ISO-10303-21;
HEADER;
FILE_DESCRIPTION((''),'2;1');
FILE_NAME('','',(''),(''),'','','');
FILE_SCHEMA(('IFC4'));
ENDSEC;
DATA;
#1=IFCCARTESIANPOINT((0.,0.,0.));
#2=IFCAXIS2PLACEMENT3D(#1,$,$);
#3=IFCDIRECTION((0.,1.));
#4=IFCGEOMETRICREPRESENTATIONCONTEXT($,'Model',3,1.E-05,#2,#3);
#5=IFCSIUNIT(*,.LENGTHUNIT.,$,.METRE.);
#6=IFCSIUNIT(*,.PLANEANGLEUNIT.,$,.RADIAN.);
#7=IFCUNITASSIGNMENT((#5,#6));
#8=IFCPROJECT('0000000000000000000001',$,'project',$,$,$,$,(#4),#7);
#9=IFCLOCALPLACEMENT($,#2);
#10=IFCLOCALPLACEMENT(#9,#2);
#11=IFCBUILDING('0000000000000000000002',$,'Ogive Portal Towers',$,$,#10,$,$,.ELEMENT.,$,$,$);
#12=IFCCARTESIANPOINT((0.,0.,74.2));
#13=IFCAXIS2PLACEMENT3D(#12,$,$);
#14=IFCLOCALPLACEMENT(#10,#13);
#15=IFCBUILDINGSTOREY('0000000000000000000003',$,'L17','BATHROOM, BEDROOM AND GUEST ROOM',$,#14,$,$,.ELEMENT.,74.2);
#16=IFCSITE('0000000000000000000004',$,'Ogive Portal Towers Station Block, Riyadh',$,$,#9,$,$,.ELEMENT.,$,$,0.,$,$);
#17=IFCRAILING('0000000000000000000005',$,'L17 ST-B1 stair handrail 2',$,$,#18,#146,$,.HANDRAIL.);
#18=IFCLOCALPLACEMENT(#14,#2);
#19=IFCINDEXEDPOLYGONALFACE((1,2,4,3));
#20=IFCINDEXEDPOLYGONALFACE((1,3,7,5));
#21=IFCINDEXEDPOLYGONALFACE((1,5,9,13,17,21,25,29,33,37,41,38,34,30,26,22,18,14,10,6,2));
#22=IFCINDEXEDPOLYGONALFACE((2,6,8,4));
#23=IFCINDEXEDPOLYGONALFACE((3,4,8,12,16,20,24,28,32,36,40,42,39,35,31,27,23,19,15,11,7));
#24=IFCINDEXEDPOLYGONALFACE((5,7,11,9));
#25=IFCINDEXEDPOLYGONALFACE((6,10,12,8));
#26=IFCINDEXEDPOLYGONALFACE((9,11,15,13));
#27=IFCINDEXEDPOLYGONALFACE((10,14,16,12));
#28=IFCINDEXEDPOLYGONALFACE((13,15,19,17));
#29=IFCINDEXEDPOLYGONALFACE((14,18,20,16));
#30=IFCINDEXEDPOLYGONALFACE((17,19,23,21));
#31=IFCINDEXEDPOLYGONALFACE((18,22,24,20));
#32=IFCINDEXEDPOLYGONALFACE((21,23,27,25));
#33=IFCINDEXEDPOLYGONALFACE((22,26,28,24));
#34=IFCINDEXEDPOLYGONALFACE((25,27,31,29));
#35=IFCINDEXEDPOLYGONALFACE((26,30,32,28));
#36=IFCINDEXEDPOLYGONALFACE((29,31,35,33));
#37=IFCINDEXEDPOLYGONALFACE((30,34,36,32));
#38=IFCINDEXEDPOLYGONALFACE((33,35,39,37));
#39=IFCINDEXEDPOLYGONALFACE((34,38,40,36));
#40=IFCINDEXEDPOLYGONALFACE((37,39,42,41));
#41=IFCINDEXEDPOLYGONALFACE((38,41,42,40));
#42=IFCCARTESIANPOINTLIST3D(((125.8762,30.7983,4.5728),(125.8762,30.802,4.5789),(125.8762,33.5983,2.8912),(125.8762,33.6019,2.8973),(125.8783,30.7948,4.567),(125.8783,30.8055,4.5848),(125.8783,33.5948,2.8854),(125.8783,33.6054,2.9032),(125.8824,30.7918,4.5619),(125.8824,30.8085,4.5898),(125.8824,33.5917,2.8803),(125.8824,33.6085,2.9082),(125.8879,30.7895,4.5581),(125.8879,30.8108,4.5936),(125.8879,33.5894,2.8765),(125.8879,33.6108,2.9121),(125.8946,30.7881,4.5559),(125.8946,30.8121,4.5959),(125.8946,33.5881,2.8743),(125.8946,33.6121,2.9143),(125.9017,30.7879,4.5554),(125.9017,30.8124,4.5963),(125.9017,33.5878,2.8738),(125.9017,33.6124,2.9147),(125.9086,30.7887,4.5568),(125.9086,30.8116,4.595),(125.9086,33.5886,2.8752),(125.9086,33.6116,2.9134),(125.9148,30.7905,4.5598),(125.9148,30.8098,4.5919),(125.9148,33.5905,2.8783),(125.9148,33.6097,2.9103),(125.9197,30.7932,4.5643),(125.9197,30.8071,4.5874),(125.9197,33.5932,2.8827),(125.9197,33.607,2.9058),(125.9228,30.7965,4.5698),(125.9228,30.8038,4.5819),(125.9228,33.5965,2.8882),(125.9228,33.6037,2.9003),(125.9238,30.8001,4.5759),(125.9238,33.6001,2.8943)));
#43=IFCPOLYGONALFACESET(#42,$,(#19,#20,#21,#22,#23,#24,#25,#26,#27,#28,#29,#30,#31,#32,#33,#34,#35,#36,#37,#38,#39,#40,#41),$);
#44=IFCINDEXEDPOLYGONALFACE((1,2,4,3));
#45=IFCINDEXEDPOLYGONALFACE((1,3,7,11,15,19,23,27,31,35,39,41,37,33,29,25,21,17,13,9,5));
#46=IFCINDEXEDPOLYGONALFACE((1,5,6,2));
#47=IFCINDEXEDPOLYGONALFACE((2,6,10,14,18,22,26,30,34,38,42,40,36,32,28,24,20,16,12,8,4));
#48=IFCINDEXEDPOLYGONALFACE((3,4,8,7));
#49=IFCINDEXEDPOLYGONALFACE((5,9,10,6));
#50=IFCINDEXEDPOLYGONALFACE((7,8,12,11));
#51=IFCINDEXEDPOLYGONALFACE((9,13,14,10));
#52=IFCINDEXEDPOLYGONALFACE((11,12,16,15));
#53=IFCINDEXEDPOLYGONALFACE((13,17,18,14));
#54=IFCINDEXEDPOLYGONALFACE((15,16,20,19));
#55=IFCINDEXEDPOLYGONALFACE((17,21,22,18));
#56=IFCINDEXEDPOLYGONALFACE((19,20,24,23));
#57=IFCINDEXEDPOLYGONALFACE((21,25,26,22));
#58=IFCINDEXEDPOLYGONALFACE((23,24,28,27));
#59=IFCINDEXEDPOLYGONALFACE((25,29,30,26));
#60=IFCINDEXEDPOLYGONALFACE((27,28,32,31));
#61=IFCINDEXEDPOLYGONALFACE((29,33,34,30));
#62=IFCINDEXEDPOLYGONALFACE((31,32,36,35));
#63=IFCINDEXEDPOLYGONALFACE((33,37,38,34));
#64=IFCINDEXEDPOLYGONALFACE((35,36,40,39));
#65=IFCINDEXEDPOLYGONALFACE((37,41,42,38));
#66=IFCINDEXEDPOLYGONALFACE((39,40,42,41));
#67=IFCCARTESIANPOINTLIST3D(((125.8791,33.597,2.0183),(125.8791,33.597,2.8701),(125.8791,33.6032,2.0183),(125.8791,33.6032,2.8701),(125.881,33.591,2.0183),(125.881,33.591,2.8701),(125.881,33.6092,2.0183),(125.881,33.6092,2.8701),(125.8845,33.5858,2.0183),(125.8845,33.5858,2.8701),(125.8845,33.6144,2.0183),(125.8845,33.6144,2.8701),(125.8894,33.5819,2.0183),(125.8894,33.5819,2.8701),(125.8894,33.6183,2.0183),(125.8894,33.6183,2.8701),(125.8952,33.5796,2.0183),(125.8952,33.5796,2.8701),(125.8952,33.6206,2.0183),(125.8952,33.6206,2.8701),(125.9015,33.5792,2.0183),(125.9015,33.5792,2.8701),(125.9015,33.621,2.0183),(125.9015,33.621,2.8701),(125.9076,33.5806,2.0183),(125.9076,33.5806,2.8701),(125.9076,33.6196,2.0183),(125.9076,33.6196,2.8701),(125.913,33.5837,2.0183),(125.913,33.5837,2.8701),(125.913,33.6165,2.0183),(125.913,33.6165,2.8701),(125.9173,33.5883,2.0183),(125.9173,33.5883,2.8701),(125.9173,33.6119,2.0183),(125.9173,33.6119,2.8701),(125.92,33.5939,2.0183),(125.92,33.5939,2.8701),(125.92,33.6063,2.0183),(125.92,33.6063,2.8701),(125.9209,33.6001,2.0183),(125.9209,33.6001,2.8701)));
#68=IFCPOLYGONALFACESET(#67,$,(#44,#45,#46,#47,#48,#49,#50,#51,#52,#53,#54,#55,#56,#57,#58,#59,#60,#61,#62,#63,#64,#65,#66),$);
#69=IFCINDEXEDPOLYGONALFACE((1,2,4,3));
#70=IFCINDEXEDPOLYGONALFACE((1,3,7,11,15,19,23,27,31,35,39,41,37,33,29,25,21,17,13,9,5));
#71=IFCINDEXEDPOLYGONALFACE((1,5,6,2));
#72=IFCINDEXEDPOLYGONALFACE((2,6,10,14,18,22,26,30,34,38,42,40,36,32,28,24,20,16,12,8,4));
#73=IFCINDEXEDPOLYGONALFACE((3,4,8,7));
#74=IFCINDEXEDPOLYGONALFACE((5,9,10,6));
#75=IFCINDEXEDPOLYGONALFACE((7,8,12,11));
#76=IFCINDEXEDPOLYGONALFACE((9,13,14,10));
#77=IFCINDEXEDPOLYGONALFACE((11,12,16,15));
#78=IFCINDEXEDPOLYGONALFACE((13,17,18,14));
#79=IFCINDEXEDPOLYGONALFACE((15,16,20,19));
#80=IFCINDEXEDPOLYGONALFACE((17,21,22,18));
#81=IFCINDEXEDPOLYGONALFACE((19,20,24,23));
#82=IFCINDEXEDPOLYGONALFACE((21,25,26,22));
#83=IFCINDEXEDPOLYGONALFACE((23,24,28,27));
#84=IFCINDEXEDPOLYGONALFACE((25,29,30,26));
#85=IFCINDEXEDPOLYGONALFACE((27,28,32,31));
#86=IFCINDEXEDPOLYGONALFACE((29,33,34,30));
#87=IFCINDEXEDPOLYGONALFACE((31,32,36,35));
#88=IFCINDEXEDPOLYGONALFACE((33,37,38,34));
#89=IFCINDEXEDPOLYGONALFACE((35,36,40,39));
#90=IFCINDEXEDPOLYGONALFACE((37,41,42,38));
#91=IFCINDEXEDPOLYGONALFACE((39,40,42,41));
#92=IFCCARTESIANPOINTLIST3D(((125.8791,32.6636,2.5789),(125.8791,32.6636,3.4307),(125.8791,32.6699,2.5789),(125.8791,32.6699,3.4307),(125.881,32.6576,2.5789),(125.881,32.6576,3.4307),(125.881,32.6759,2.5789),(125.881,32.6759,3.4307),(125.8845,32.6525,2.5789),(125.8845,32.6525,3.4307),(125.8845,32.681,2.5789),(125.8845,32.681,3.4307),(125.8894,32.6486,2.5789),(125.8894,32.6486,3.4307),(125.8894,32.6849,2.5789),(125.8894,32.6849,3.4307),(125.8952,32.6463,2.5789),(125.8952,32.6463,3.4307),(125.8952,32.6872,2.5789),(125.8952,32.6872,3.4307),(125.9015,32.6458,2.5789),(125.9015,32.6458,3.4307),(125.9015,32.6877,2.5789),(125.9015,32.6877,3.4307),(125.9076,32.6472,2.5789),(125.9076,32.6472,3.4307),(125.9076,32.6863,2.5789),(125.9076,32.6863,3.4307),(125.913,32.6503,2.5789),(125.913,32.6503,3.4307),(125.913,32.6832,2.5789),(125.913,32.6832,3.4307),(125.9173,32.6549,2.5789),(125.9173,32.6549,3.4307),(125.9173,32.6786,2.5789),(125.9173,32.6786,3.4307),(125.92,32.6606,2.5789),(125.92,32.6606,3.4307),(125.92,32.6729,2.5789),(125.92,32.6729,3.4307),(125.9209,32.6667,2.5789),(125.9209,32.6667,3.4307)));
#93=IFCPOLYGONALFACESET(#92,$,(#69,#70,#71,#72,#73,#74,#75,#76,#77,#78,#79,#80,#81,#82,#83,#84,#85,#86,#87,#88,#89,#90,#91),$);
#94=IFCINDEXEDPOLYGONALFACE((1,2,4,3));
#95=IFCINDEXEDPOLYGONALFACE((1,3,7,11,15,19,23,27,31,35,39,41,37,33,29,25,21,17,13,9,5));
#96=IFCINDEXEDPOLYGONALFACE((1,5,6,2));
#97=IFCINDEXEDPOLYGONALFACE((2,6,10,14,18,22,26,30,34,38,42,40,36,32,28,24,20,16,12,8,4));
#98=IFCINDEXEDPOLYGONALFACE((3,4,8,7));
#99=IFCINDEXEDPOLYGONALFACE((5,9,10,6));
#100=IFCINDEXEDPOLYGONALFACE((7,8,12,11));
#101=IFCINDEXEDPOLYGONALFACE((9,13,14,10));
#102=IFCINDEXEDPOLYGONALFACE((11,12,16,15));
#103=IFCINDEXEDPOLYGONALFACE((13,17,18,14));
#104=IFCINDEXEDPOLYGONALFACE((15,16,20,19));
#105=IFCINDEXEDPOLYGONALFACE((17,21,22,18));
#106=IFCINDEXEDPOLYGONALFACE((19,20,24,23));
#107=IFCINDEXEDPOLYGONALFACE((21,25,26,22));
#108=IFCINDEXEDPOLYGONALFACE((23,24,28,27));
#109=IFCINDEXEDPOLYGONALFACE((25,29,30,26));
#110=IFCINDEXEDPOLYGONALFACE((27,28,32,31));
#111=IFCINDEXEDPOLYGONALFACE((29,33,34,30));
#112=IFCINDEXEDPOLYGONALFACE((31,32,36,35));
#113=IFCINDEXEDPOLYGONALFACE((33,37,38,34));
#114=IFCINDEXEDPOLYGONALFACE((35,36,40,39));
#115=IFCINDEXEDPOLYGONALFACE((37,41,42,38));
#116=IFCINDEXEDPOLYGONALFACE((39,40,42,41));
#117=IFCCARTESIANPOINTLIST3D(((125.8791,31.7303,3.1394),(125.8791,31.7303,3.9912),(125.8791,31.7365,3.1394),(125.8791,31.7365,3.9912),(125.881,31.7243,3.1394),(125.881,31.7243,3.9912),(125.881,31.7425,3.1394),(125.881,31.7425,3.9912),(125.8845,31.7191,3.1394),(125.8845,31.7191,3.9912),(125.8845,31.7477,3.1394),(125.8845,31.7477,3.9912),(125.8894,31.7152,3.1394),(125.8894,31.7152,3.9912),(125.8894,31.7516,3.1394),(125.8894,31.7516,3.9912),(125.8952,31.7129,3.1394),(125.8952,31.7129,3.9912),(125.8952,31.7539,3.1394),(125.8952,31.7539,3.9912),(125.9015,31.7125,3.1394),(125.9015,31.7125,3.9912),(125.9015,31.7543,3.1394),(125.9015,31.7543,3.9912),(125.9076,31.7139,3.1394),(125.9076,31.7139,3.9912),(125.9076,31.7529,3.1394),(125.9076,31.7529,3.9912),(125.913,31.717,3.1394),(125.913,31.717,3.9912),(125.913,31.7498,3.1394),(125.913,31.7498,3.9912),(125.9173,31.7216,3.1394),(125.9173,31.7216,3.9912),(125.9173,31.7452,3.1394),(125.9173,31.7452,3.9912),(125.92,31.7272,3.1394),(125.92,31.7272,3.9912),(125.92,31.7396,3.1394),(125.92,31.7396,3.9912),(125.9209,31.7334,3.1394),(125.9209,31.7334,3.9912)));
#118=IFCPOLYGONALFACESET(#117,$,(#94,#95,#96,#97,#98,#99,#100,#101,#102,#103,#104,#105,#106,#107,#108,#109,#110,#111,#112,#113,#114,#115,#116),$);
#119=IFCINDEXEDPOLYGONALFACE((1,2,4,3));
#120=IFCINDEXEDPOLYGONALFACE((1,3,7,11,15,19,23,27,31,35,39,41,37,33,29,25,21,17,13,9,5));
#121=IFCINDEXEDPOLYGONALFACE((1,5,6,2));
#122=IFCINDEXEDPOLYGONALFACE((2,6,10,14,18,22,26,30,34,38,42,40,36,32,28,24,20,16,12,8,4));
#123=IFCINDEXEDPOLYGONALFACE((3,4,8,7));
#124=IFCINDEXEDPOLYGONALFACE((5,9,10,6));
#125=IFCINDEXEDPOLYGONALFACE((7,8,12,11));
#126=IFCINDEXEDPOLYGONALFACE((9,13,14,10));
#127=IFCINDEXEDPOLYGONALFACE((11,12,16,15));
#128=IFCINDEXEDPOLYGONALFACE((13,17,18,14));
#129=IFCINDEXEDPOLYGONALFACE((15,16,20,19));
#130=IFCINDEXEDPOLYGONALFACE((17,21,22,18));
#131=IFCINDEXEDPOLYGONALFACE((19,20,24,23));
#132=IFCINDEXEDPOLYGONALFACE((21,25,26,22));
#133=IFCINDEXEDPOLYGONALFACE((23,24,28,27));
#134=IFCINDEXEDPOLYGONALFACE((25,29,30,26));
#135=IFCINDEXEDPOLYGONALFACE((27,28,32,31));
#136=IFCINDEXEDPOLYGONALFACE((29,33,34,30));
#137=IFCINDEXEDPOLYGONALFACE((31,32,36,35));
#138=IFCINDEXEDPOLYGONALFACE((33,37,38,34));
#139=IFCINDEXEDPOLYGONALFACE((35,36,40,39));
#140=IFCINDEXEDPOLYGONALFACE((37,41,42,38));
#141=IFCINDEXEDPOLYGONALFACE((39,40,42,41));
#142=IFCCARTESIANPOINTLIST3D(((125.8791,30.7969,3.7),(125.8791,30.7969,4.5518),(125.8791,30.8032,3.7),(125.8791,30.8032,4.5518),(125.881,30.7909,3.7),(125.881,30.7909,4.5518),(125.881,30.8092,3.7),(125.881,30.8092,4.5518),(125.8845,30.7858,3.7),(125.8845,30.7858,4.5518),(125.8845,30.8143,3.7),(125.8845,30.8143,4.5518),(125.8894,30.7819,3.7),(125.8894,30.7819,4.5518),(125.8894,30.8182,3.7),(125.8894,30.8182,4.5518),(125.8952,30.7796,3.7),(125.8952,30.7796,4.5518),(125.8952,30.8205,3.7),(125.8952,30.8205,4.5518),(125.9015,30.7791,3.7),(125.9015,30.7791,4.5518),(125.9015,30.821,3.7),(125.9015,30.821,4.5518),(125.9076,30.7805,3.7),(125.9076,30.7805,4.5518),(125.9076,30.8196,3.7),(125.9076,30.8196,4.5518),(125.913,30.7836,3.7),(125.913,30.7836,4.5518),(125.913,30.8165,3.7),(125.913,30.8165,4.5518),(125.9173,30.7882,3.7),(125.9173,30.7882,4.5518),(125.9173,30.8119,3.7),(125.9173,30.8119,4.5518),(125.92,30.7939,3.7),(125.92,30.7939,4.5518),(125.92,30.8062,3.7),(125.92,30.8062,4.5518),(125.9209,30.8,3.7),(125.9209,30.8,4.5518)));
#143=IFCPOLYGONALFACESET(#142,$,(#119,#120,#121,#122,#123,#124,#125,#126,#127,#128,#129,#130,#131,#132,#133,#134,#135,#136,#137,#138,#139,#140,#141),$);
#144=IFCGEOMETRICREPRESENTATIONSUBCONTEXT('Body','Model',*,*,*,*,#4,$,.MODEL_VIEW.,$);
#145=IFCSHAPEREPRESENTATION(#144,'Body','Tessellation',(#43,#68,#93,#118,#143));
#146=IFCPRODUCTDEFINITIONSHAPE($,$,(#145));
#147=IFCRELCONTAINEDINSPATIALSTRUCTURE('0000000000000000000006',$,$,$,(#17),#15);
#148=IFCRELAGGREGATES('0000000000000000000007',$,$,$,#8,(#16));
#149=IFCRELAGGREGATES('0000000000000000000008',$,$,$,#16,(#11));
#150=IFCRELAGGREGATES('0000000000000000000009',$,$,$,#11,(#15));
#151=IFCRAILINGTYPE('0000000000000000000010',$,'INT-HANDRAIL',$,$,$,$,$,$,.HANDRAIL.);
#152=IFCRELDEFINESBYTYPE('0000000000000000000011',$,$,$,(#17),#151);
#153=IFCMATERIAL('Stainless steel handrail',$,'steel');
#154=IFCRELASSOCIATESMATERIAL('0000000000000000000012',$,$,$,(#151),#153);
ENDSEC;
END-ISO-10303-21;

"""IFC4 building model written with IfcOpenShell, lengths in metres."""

from ifc_helpers import new_model, si_unit, direction, frame, origin, origin_2d, place, context, subcontext, project, spatial, circle, extrude, material, type_object, element, save


model = new_model("IFC4")

# Units and contexts
model_context = context("Model", 3, precision=1e-05, world=origin(), true_north=direction((0.0, 1.0)))
body_context = subcontext(model_context, "Body", "Model", "MODEL_VIEW")
ifc_project = project(units=[si_unit("LENGTHUNIT", "METRE"), si_unit("PLANEANGLEUNIT", "RADIAN")], contexts=[model_context])

# Site, building, storey
site_placement = place(None, origin())
site = spatial("IfcSite", under=ifc_project, at=site_placement, Name="Ogive Portal Towers Station Block, Riyadh", CompositionType="ELEMENT", RefElevation=0.0)
building_placement = place(site_placement, origin())
building = spatial("IfcBuilding", under=site, at=building_placement, Name="Ogive Portal Towers", CompositionType="ELEMENT")
storey_placement = place(building_placement, frame((0.0, 0.0, 74.2)))
storey = spatial("IfcBuildingStorey", under=building, at=storey_placement, Name="L17", Description="BATHROOM, BEDROOM AND GUEST ROOM", CompositionType="ELEMENT", Elevation=74.2)

# Railing
ifc_material_1 = material(Name="Stainless steel handrail", Category="steel")
railing_type_1 = type_object("IfcRailingType", Name="INT-HANDRAIL", PredefinedType="HANDRAIL", material=ifc_material_1)
railing_1_placement = place(storey_placement, frame((125.8999, 33.6001, 2.0183)))
element("IfcRailing", 1, at=railing_1_placement, inside=storey, type_object=railing_type_1, Name="L17 ST-B1 stair handrail 2", PredefinedType="HANDRAIL", context=body_context, shape_type="SweptSolid", body=[
    extrude(circle(Radius=0.0239, at=origin_2d()), frame((0.0, 0.0, 0.876), z_axis=(0.0, -0.857275, 0.514858), x_axis=(1.0, 0.0, 0.0)), (0.0, 0.0, 1.0), 3.2661),
    extrude(circle(Radius=0.021, at=origin_2d()), origin(), (0.0, 0.0, 1.0), 0.8518),
    extrude(circle(Radius=0.021, at=origin_2d()), frame((0.0, -0.9333, 0.5605)), (0.0, 0.0, 1.0), 0.8518),
    extrude(circle(Radius=0.021, at=origin_2d()), frame((0.0, -1.8667, 1.1211)), (0.0, 0.0, 1.0), 0.8518),
    extrude(circle(Radius=0.021, at=origin_2d()), frame((0.0, -2.8, 1.6816)), (0.0, 0.0, 1.0), 0.8518),
])

save(model, "model.ifc")
